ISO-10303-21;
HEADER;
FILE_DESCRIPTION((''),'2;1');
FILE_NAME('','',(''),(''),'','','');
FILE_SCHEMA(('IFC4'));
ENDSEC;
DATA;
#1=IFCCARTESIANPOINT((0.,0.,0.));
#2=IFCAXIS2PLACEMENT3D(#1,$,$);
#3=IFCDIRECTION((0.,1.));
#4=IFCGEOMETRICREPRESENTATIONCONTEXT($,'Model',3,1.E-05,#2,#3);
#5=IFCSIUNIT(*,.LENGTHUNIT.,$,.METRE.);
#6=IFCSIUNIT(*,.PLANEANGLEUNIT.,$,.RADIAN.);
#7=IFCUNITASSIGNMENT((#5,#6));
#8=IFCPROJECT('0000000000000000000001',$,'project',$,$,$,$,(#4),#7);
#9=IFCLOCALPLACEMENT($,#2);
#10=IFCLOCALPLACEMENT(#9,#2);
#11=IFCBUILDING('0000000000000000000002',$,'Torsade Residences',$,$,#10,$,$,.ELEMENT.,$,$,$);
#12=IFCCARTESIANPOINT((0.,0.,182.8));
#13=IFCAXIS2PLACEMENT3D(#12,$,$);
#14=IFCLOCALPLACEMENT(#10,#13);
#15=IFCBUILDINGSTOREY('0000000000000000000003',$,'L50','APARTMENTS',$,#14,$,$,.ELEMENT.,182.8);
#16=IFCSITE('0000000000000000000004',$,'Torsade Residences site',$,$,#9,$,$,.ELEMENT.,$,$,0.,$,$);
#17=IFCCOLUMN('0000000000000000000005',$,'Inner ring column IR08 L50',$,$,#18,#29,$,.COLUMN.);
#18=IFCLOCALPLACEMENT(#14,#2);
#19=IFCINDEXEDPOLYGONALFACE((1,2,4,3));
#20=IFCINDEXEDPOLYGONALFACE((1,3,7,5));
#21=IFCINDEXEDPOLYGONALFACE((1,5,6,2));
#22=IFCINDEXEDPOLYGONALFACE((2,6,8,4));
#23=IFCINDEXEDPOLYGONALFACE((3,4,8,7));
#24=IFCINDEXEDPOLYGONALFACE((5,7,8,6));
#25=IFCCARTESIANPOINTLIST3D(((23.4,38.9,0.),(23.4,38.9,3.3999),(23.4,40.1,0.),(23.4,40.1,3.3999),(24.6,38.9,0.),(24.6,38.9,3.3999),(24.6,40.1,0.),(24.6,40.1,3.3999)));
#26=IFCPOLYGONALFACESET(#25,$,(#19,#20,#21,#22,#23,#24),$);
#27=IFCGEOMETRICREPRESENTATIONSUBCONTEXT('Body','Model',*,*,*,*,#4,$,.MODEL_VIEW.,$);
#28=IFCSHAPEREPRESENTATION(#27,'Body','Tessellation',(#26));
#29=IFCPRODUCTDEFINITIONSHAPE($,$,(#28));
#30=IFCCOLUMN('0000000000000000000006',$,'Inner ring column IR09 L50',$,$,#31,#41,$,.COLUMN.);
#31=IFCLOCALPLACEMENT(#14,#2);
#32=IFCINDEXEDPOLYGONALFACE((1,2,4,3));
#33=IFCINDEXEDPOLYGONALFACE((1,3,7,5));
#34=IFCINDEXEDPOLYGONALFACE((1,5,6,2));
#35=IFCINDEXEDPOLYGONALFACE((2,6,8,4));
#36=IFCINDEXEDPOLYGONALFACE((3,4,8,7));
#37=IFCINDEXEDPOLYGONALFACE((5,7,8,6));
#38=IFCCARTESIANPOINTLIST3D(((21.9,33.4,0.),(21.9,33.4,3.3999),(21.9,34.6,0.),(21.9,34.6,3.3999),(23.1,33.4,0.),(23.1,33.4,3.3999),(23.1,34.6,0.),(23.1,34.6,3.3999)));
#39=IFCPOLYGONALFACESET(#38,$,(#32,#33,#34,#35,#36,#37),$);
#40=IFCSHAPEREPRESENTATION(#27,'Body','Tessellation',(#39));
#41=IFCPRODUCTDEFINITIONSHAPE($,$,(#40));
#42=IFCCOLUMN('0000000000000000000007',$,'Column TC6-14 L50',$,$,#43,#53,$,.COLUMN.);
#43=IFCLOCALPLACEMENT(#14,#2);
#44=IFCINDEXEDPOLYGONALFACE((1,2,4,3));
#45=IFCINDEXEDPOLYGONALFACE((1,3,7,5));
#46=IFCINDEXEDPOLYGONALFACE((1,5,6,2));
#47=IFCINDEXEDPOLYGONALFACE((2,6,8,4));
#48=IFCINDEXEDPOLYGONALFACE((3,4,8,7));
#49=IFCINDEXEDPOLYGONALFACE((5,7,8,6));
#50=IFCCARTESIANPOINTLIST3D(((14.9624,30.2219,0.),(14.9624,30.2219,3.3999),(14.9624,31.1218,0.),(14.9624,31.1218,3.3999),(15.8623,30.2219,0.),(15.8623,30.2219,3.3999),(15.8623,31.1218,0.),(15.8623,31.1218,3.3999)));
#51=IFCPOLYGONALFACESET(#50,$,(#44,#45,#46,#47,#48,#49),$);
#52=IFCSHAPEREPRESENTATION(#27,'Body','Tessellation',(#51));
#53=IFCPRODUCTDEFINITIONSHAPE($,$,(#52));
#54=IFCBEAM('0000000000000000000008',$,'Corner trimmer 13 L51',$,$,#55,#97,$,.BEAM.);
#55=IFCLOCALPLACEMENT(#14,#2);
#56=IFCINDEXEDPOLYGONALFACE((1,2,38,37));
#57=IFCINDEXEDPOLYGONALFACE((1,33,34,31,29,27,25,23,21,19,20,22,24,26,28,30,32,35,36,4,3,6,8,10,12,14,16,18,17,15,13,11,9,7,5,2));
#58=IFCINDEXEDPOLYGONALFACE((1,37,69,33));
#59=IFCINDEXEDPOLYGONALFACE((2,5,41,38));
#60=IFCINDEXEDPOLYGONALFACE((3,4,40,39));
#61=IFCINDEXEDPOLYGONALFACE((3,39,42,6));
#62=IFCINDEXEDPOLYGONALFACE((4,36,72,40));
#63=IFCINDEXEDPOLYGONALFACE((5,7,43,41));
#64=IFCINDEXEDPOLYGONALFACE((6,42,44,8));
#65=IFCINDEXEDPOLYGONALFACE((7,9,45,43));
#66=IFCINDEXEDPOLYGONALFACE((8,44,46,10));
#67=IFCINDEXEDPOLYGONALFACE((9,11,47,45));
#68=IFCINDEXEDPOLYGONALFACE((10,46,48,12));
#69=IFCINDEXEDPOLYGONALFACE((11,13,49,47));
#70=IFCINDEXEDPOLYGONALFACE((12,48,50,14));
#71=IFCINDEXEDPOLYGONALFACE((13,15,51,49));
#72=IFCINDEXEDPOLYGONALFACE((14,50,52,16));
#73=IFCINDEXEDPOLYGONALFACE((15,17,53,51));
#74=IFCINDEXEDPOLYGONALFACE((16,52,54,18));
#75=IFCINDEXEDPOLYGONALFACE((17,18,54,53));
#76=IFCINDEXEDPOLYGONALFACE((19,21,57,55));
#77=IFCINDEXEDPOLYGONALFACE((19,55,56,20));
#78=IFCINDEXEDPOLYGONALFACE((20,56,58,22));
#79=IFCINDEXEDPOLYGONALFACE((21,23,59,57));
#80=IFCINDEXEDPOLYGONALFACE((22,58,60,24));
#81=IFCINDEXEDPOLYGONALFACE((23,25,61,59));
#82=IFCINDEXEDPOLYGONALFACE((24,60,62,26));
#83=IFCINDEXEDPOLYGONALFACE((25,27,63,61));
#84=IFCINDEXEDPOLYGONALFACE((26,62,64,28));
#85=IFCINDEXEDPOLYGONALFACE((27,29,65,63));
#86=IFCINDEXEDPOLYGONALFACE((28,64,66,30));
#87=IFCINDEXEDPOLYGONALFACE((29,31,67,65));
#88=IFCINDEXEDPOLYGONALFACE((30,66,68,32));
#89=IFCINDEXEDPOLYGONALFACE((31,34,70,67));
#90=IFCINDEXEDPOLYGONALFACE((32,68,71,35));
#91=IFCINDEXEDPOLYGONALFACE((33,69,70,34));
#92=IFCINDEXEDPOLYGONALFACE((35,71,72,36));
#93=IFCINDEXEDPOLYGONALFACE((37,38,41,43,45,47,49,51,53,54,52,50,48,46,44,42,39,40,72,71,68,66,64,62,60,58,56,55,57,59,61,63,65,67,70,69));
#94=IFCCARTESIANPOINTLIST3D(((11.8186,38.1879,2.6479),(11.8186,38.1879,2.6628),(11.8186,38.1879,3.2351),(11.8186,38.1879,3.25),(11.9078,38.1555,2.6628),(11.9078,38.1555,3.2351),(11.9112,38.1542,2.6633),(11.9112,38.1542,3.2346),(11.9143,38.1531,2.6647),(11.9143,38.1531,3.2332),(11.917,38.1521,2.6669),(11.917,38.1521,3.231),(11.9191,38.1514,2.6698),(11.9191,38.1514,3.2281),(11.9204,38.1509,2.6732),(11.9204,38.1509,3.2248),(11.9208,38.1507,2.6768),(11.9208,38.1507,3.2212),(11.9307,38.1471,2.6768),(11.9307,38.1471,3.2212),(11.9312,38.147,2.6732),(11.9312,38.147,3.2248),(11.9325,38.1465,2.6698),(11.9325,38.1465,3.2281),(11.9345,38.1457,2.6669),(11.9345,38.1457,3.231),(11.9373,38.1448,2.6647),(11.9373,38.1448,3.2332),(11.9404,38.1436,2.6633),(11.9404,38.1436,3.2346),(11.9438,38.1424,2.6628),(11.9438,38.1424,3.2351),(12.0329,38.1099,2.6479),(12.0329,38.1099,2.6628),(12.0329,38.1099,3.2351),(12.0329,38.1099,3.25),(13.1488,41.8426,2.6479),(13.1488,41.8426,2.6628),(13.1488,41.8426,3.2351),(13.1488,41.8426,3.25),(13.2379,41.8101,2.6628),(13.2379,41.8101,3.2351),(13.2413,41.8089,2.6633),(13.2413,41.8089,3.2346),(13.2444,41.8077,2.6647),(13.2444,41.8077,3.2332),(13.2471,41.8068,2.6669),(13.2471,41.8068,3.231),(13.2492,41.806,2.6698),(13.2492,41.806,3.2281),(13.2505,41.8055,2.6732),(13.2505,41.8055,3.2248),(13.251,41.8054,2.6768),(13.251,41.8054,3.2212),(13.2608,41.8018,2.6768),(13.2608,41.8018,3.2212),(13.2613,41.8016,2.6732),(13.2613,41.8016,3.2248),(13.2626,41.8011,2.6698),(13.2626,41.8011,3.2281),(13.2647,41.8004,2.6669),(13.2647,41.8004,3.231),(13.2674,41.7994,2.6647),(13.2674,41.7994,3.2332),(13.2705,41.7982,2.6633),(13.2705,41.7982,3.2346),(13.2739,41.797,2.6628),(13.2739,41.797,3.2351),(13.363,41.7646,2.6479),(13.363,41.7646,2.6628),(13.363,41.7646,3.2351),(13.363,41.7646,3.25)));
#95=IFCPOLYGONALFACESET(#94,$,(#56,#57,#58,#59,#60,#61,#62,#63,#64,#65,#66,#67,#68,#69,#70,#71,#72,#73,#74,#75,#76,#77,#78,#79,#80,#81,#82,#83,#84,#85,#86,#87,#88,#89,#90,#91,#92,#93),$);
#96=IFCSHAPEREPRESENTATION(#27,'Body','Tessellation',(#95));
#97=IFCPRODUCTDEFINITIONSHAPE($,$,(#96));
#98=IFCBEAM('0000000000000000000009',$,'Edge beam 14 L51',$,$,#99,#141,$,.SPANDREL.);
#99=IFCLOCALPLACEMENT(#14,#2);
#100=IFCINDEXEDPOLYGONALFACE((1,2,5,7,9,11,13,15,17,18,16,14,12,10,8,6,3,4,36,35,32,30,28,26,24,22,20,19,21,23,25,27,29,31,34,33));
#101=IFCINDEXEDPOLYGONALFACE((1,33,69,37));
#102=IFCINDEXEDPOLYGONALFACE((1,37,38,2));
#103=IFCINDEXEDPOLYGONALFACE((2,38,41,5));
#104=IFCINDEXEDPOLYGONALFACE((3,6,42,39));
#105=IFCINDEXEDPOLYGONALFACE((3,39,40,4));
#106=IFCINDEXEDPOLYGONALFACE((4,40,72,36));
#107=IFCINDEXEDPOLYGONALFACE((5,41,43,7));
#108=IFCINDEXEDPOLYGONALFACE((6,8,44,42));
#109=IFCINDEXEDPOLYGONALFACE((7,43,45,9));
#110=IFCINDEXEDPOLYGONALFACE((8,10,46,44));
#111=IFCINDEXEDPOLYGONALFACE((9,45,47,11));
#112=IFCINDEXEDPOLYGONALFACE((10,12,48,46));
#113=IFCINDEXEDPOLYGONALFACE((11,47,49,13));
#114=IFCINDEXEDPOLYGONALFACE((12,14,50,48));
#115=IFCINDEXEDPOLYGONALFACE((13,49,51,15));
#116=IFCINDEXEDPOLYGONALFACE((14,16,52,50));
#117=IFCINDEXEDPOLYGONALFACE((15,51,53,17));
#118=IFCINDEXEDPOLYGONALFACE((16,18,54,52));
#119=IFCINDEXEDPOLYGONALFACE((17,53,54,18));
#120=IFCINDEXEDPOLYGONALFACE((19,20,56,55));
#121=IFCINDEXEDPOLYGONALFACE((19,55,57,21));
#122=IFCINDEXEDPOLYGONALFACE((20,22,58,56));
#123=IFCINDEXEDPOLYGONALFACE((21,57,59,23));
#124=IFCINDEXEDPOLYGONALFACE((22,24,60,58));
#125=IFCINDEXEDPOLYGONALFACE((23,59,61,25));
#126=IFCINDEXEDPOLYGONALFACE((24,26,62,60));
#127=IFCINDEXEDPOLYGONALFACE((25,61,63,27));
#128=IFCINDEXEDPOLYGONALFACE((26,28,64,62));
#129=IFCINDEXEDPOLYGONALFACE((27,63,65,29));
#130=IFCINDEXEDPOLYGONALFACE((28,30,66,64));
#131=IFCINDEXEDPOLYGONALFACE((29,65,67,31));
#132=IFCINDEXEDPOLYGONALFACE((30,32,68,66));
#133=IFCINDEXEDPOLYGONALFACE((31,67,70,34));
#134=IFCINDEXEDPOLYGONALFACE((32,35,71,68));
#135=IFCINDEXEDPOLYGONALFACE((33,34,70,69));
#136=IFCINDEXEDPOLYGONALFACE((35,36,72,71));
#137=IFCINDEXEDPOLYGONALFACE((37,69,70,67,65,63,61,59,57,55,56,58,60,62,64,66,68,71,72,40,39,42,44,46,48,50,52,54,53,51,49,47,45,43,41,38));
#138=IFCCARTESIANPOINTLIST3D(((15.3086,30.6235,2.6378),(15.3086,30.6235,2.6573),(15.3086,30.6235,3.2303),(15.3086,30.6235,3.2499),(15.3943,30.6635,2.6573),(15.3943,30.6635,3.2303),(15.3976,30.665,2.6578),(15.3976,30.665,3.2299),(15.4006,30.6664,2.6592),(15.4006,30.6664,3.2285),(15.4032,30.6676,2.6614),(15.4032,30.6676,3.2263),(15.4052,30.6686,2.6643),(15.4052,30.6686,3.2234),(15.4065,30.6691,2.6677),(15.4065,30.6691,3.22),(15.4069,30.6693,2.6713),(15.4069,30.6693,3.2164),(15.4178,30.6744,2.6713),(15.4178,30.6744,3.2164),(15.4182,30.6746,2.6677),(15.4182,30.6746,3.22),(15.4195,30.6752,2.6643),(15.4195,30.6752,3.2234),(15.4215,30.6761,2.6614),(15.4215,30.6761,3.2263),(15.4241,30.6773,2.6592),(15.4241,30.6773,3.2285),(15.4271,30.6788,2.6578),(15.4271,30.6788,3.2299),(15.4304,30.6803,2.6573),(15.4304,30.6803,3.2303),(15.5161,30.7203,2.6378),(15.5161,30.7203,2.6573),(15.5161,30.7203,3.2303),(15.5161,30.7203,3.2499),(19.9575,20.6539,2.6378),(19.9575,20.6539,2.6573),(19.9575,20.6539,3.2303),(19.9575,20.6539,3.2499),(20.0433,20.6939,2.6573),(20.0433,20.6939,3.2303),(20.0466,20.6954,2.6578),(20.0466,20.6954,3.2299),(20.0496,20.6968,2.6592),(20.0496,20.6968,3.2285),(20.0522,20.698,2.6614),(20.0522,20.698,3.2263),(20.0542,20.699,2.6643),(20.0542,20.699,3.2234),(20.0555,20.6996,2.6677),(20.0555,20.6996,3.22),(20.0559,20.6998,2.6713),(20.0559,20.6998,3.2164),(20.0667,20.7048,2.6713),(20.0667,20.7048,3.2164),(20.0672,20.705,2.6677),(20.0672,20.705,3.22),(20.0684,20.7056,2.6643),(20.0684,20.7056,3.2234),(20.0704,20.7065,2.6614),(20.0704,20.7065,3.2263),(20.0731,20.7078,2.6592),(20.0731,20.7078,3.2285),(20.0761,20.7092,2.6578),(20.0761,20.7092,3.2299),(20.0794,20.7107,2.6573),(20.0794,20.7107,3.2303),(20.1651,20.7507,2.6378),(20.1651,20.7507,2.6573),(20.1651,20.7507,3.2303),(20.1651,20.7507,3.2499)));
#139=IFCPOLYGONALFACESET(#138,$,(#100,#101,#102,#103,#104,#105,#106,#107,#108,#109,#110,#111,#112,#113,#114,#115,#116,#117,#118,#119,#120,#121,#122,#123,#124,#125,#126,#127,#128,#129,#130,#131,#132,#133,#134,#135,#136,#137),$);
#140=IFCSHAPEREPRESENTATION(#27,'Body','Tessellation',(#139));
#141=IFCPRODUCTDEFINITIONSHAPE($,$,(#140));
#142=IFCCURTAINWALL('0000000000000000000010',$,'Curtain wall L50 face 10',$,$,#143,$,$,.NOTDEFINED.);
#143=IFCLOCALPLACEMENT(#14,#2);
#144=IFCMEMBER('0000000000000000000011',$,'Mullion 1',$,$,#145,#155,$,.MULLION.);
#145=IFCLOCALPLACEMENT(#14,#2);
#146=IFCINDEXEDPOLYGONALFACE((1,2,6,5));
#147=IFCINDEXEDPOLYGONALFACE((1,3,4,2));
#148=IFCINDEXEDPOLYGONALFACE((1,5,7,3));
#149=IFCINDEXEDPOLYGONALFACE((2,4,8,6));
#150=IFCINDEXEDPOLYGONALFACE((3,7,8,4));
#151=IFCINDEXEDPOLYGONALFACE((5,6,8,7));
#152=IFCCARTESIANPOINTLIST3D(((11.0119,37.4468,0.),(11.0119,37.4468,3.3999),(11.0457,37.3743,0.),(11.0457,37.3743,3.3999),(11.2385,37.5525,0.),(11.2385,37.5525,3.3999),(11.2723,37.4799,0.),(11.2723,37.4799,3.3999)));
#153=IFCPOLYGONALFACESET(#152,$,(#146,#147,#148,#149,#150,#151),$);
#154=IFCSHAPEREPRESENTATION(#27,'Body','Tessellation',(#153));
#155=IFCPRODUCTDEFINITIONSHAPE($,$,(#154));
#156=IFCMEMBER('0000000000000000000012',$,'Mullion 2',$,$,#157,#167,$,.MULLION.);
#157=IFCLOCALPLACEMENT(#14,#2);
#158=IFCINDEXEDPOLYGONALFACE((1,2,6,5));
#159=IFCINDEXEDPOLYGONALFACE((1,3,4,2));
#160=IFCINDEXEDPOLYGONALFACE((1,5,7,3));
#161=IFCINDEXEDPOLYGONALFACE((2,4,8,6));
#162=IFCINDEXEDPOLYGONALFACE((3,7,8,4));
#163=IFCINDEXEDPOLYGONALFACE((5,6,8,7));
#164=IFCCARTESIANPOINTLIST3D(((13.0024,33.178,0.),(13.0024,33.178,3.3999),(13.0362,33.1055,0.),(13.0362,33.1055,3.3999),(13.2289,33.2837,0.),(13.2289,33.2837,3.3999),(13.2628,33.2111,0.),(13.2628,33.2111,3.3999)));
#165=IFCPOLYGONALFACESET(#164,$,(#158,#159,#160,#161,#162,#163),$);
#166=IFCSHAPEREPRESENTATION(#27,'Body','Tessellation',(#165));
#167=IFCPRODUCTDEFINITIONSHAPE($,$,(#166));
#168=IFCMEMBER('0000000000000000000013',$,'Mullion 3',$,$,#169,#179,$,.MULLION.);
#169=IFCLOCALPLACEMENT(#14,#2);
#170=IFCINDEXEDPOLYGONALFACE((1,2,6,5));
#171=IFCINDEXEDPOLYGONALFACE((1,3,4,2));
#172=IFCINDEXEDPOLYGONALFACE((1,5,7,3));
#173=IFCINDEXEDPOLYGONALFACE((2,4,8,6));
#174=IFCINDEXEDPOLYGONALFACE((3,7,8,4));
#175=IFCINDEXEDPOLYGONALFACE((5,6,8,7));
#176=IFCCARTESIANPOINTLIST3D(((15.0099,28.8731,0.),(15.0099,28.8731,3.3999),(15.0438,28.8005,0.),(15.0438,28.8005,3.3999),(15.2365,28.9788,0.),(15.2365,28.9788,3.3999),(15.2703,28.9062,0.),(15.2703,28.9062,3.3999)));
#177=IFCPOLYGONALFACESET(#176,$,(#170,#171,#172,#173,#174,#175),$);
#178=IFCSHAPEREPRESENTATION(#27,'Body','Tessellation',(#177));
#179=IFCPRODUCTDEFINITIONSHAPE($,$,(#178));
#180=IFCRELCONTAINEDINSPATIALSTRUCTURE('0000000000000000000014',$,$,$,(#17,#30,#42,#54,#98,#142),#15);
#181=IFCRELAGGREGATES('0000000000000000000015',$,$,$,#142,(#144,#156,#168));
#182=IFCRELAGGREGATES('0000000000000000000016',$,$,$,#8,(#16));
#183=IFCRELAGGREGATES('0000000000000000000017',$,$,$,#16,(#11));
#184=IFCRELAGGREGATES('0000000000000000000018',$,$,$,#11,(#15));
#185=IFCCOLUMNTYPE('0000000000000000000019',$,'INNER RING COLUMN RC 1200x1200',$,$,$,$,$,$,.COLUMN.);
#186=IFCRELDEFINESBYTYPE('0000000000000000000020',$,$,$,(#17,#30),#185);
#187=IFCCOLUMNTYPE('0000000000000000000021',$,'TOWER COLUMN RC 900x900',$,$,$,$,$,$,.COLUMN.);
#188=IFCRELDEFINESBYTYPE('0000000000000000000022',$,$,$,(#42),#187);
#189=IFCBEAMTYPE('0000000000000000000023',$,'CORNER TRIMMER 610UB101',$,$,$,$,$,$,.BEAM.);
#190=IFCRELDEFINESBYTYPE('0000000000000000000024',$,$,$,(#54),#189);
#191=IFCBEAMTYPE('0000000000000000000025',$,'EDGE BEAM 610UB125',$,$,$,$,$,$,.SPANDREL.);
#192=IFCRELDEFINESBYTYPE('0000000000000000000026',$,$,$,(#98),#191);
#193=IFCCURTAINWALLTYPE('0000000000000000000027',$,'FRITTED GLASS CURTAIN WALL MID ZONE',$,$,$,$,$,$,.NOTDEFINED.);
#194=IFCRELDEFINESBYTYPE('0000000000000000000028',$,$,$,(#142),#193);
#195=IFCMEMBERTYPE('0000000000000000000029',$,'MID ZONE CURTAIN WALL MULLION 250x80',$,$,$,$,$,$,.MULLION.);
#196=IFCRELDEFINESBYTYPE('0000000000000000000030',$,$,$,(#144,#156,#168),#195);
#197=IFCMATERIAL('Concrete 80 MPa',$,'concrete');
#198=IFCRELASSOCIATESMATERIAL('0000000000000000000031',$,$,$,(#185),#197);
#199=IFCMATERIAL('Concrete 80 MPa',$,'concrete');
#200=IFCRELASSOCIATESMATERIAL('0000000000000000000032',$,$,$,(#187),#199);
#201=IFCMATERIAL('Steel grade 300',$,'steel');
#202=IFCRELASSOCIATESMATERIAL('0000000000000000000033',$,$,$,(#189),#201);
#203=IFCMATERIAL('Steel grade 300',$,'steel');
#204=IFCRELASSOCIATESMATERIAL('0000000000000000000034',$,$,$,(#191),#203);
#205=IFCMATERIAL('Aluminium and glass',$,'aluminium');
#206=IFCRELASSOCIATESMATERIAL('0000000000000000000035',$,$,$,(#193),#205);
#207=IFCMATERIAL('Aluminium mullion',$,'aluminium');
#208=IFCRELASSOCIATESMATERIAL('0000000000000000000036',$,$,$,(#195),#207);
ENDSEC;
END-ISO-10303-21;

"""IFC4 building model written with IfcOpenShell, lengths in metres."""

from ifc_helpers import new_model, si_unit, direction, frame, origin, origin_2d, place, context, subcontext, project, spatial, rectangle, i_section, extrude, material, material_profile, profile_set, type_object, element, aggregate, save


model = new_model("IFC4")

# Units and contexts
model_context = context("Model", 3, precision=1e-05, world=origin(), true_north=direction((0.0, 1.0)))
body_context = subcontext(model_context, "Body", "Model", "MODEL_VIEW")
ifc_project = project(units=[si_unit("LENGTHUNIT", "METRE"), si_unit("PLANEANGLEUNIT", "RADIAN")], contexts=[model_context])

# Site, building, storey
site_placement = place(None, origin())
site = spatial("IfcSite", under=ifc_project, at=site_placement, Name="Torsade Residences site", CompositionType="ELEMENT", RefElevation=0.0)
building_placement = place(site_placement, origin())
building = spatial("IfcBuilding", under=site, at=building_placement, Name="Torsade Residences", CompositionType="ELEMENT")
storey_placement = place(building_placement, frame((0.0, 0.0, 182.8)))
storey = spatial("IfcBuildingStorey", under=building, at=storey_placement, Name="L50", Description="APARTMENTS", CompositionType="ELEMENT", Elevation=182.8)

# Columns
ifc_material_1 = material(Name="Concrete 80 MPa", Category="concrete")
ifc_material_profile_1 = material_profile(ifc_material_1, rectangle(XDim=1.2, YDim=1.2, at=origin_2d()), Name="RC 1200x1200")
ifc_profile_set_1 = profile_set([ifc_material_profile_1], Name="Concrete 80 MPa")
column_type_1 = type_object("IfcColumnType", Name="INNER RING COLUMN RC 1200x1200", PredefinedType="COLUMN", material=ifc_profile_set_1)
for number, where, z_axis, x_axis, name in (
    (1, (24.0, 39.5, 0.0), (0.0, 0.0, 1.0), (1.0, 0.0, 0.0), "Inner ring column IR08 L50"),
    (2, (22.5, 34.0, 0.0), (0.0, 0.0, 1.0), (1.0, 0.0, 0.0), "Inner ring column IR09 L50"),
):
    element("IfcColumn", number, at=place(storey_placement, frame(where, z_axis=z_axis, x_axis=x_axis)), inside=storey, type_object=column_type_1, Name=name, PredefinedType="COLUMN", context=body_context, shape_type="SweptSolid", body=[
        extrude(rectangle(XDim=1.2, YDim=1.2, at=origin_2d()), origin(), (0.0, 0.0, 1.0), 3.3999),
    ])
ifc_material_2 = material(Name="Concrete 80 MPa", Category="concrete")
ifc_material_profile_2 = material_profile(ifc_material_2, rectangle(XDim=0.8999, YDim=0.8999, at=origin_2d()), Name="RC 900x900")
ifc_profile_set_2 = profile_set([ifc_material_profile_2], Name="Concrete 80 MPa")
column_type_2 = type_object("IfcColumnType", Name="TOWER COLUMN RC 900x900", PredefinedType="COLUMN", material=ifc_profile_set_2)
column_placement = place(storey_placement, frame((15.4124, 30.6719, 0.0), z_axis=(0.0, 0.0, 1.0), x_axis=(1.0, 0.0, 0.0)))
element("IfcColumn", 3, at=column_placement, inside=storey, type_object=column_type_2, Name="Column TC6-14 L50", PredefinedType="COLUMN", context=body_context, shape_type="SweptSolid", body=[
    extrude(rectangle(XDim=0.8999, YDim=0.8999, at=origin_2d()), origin(), (0.0, 0.0, 1.0), 3.3999),
])

# Beams
ifc_material_3 = material(Name="Steel grade 300", Category="steel")
ifc_material_profile_3 = material_profile(ifc_material_3, i_section(OverallWidth=0.228, OverallDepth=0.6021, WebThickness=0.0105, FlangeThickness=0.0149, FilletRadius=0.0139, at=origin_2d()), Name="610UB101")
ifc_profile_set_3 = profile_set([ifc_material_profile_3], Name="Steel grade 300")
beam_type_1 = type_object("IfcBeamType", Name="CORNER TRIMMER 610UB101", PredefinedType="BEAM", material=ifc_profile_set_3)
beam_1_placement = place(storey_placement, frame((11.9258, 38.1489, 2.949), z_axis=(0.342005, 0.939698, 0.0), x_axis=(-0.939698, 0.342005, 0.0)))
element("IfcBeam", 4, at=beam_1_placement, inside=storey, type_object=beam_type_1, Name="Corner trimmer 13 L51", PredefinedType="BEAM", context=body_context, shape_type="SweptSolid", body=[
    extrude(i_section(OverallWidth=0.228, OverallDepth=0.6021, WebThickness=0.0105, FlangeThickness=0.0149, FilletRadius=0.0139, at=origin_2d()), origin(), (0.0, 0.0, 1.0), 3.8892),
])
ifc_material_4 = material(Name="Steel grade 300", Category="steel")
ifc_material_profile_4 = material_profile(ifc_material_4, i_section(OverallWidth=0.229, OverallDepth=0.6121, WebThickness=0.012, FlangeThickness=0.0195, FilletRadius=0.0139, at=origin_2d()), Name="610UB125")
ifc_profile_set_4 = profile_set([ifc_material_profile_4], Name="Steel grade 300")
beam_type_2 = type_object("IfcBeamType", Name="EDGE BEAM 610UB125", PredefinedType="SPANDREL", material=ifc_profile_set_4)
beam_2_placement = place(storey_placement, frame((15.4124, 30.6719, 2.9438), z_axis=(0.422624, -0.906305, 0.0), x_axis=(0.906305, 0.422624, 0.0)))
element("IfcBeam", 5, at=beam_2_placement, inside=storey, type_object=beam_type_2, Name="Edge beam 14 L51", PredefinedType="SPANDREL", context=body_context, shape_type="SweptSolid", body=[
    extrude(i_section(OverallWidth=0.229, OverallDepth=0.6121, WebThickness=0.012, FlangeThickness=0.0195, FilletRadius=0.0139, at=origin_2d()), origin(), (0.0, 0.0, 1.0), 11.0002),
])

# Curtain wall, members
ifc_material_5 = material(Name="Aluminium and glass", Category="aluminium")
curtain_wall_type = type_object("IfcCurtainWallType", Name="FRITTED GLASS CURTAIN WALL MID ZONE", PredefinedType="NOTDEFINED", material=ifc_material_5)
curtain_wall_placement = place(storey_placement, origin())
curtain_wall = element("IfcCurtainWall", 6, at=curtain_wall_placement, inside=storey, type_object=curtain_wall_type, Name="Curtain wall L50 face 10", PredefinedType="NOTDEFINED")
ifc_material_6 = material(Name="Aluminium mullion", Category="aluminium")
ifc_material_profile_5 = material_profile(ifc_material_6, rectangle(XDim=0.25, YDim=0.0801, at=origin_2d()), Name="MID ZONE CURTAIN WALL MULLION 250x80")
ifc_profile_set_5 = profile_set([ifc_material_profile_5], Name="Aluminium mullion")
member_type_1 = type_object("IfcMemberType", Name="MID ZONE CURTAIN WALL MULLION 250x80", PredefinedType="MULLION", material=ifc_profile_set_5)
member_1_placement = place(storey_placement, frame((11.1421, 37.4634, 0.0), z_axis=(0.0, 0.0, 1.0), x_axis=(0.906308, 0.422618, 0.0)))
member_1 = element("IfcMember", 7, at=member_1_placement, type_object=member_type_1, Name="Mullion 1", PredefinedType="MULLION", context=body_context, shape_type="SweptSolid", body=[
    extrude(rectangle(XDim=0.25, YDim=0.0801, at=origin_2d()), origin(), (0.0, 0.0, 1.0), 3.3999),
])
member_2_placement = place(storey_placement, frame((13.1326, 33.1946, 0.0), z_axis=(0.0, 0.0, 1.0), x_axis=(0.906308, 0.422618, 0.0)))
member_2 = element("IfcMember", 8, at=member_2_placement, type_object=member_type_1, Name="Mullion 2", PredefinedType="MULLION", context=body_context, shape_type="SweptSolid", body=[
    extrude(rectangle(XDim=0.25, YDim=0.0801, at=origin_2d()), origin(), (0.0, 0.0, 1.0), 3.3999),
])
member_3_placement = place(storey_placement, frame((15.1401, 28.8896, 0.0), z_axis=(0.0, 0.0, 1.0), x_axis=(0.906308, 0.422618, 0.0)))
member_3 = element("IfcMember", 9, at=member_3_placement, type_object=member_type_1, Name="Mullion 3", PredefinedType="MULLION", context=body_context, shape_type="SweptSolid", body=[
    extrude(rectangle(XDim=0.25, YDim=0.0801, at=origin_2d()), origin(), (0.0, 0.0, 1.0), 3.3999),
])

aggregate(curtain_wall, [member_1, member_2, member_3])

save(model, "model.ifc")
